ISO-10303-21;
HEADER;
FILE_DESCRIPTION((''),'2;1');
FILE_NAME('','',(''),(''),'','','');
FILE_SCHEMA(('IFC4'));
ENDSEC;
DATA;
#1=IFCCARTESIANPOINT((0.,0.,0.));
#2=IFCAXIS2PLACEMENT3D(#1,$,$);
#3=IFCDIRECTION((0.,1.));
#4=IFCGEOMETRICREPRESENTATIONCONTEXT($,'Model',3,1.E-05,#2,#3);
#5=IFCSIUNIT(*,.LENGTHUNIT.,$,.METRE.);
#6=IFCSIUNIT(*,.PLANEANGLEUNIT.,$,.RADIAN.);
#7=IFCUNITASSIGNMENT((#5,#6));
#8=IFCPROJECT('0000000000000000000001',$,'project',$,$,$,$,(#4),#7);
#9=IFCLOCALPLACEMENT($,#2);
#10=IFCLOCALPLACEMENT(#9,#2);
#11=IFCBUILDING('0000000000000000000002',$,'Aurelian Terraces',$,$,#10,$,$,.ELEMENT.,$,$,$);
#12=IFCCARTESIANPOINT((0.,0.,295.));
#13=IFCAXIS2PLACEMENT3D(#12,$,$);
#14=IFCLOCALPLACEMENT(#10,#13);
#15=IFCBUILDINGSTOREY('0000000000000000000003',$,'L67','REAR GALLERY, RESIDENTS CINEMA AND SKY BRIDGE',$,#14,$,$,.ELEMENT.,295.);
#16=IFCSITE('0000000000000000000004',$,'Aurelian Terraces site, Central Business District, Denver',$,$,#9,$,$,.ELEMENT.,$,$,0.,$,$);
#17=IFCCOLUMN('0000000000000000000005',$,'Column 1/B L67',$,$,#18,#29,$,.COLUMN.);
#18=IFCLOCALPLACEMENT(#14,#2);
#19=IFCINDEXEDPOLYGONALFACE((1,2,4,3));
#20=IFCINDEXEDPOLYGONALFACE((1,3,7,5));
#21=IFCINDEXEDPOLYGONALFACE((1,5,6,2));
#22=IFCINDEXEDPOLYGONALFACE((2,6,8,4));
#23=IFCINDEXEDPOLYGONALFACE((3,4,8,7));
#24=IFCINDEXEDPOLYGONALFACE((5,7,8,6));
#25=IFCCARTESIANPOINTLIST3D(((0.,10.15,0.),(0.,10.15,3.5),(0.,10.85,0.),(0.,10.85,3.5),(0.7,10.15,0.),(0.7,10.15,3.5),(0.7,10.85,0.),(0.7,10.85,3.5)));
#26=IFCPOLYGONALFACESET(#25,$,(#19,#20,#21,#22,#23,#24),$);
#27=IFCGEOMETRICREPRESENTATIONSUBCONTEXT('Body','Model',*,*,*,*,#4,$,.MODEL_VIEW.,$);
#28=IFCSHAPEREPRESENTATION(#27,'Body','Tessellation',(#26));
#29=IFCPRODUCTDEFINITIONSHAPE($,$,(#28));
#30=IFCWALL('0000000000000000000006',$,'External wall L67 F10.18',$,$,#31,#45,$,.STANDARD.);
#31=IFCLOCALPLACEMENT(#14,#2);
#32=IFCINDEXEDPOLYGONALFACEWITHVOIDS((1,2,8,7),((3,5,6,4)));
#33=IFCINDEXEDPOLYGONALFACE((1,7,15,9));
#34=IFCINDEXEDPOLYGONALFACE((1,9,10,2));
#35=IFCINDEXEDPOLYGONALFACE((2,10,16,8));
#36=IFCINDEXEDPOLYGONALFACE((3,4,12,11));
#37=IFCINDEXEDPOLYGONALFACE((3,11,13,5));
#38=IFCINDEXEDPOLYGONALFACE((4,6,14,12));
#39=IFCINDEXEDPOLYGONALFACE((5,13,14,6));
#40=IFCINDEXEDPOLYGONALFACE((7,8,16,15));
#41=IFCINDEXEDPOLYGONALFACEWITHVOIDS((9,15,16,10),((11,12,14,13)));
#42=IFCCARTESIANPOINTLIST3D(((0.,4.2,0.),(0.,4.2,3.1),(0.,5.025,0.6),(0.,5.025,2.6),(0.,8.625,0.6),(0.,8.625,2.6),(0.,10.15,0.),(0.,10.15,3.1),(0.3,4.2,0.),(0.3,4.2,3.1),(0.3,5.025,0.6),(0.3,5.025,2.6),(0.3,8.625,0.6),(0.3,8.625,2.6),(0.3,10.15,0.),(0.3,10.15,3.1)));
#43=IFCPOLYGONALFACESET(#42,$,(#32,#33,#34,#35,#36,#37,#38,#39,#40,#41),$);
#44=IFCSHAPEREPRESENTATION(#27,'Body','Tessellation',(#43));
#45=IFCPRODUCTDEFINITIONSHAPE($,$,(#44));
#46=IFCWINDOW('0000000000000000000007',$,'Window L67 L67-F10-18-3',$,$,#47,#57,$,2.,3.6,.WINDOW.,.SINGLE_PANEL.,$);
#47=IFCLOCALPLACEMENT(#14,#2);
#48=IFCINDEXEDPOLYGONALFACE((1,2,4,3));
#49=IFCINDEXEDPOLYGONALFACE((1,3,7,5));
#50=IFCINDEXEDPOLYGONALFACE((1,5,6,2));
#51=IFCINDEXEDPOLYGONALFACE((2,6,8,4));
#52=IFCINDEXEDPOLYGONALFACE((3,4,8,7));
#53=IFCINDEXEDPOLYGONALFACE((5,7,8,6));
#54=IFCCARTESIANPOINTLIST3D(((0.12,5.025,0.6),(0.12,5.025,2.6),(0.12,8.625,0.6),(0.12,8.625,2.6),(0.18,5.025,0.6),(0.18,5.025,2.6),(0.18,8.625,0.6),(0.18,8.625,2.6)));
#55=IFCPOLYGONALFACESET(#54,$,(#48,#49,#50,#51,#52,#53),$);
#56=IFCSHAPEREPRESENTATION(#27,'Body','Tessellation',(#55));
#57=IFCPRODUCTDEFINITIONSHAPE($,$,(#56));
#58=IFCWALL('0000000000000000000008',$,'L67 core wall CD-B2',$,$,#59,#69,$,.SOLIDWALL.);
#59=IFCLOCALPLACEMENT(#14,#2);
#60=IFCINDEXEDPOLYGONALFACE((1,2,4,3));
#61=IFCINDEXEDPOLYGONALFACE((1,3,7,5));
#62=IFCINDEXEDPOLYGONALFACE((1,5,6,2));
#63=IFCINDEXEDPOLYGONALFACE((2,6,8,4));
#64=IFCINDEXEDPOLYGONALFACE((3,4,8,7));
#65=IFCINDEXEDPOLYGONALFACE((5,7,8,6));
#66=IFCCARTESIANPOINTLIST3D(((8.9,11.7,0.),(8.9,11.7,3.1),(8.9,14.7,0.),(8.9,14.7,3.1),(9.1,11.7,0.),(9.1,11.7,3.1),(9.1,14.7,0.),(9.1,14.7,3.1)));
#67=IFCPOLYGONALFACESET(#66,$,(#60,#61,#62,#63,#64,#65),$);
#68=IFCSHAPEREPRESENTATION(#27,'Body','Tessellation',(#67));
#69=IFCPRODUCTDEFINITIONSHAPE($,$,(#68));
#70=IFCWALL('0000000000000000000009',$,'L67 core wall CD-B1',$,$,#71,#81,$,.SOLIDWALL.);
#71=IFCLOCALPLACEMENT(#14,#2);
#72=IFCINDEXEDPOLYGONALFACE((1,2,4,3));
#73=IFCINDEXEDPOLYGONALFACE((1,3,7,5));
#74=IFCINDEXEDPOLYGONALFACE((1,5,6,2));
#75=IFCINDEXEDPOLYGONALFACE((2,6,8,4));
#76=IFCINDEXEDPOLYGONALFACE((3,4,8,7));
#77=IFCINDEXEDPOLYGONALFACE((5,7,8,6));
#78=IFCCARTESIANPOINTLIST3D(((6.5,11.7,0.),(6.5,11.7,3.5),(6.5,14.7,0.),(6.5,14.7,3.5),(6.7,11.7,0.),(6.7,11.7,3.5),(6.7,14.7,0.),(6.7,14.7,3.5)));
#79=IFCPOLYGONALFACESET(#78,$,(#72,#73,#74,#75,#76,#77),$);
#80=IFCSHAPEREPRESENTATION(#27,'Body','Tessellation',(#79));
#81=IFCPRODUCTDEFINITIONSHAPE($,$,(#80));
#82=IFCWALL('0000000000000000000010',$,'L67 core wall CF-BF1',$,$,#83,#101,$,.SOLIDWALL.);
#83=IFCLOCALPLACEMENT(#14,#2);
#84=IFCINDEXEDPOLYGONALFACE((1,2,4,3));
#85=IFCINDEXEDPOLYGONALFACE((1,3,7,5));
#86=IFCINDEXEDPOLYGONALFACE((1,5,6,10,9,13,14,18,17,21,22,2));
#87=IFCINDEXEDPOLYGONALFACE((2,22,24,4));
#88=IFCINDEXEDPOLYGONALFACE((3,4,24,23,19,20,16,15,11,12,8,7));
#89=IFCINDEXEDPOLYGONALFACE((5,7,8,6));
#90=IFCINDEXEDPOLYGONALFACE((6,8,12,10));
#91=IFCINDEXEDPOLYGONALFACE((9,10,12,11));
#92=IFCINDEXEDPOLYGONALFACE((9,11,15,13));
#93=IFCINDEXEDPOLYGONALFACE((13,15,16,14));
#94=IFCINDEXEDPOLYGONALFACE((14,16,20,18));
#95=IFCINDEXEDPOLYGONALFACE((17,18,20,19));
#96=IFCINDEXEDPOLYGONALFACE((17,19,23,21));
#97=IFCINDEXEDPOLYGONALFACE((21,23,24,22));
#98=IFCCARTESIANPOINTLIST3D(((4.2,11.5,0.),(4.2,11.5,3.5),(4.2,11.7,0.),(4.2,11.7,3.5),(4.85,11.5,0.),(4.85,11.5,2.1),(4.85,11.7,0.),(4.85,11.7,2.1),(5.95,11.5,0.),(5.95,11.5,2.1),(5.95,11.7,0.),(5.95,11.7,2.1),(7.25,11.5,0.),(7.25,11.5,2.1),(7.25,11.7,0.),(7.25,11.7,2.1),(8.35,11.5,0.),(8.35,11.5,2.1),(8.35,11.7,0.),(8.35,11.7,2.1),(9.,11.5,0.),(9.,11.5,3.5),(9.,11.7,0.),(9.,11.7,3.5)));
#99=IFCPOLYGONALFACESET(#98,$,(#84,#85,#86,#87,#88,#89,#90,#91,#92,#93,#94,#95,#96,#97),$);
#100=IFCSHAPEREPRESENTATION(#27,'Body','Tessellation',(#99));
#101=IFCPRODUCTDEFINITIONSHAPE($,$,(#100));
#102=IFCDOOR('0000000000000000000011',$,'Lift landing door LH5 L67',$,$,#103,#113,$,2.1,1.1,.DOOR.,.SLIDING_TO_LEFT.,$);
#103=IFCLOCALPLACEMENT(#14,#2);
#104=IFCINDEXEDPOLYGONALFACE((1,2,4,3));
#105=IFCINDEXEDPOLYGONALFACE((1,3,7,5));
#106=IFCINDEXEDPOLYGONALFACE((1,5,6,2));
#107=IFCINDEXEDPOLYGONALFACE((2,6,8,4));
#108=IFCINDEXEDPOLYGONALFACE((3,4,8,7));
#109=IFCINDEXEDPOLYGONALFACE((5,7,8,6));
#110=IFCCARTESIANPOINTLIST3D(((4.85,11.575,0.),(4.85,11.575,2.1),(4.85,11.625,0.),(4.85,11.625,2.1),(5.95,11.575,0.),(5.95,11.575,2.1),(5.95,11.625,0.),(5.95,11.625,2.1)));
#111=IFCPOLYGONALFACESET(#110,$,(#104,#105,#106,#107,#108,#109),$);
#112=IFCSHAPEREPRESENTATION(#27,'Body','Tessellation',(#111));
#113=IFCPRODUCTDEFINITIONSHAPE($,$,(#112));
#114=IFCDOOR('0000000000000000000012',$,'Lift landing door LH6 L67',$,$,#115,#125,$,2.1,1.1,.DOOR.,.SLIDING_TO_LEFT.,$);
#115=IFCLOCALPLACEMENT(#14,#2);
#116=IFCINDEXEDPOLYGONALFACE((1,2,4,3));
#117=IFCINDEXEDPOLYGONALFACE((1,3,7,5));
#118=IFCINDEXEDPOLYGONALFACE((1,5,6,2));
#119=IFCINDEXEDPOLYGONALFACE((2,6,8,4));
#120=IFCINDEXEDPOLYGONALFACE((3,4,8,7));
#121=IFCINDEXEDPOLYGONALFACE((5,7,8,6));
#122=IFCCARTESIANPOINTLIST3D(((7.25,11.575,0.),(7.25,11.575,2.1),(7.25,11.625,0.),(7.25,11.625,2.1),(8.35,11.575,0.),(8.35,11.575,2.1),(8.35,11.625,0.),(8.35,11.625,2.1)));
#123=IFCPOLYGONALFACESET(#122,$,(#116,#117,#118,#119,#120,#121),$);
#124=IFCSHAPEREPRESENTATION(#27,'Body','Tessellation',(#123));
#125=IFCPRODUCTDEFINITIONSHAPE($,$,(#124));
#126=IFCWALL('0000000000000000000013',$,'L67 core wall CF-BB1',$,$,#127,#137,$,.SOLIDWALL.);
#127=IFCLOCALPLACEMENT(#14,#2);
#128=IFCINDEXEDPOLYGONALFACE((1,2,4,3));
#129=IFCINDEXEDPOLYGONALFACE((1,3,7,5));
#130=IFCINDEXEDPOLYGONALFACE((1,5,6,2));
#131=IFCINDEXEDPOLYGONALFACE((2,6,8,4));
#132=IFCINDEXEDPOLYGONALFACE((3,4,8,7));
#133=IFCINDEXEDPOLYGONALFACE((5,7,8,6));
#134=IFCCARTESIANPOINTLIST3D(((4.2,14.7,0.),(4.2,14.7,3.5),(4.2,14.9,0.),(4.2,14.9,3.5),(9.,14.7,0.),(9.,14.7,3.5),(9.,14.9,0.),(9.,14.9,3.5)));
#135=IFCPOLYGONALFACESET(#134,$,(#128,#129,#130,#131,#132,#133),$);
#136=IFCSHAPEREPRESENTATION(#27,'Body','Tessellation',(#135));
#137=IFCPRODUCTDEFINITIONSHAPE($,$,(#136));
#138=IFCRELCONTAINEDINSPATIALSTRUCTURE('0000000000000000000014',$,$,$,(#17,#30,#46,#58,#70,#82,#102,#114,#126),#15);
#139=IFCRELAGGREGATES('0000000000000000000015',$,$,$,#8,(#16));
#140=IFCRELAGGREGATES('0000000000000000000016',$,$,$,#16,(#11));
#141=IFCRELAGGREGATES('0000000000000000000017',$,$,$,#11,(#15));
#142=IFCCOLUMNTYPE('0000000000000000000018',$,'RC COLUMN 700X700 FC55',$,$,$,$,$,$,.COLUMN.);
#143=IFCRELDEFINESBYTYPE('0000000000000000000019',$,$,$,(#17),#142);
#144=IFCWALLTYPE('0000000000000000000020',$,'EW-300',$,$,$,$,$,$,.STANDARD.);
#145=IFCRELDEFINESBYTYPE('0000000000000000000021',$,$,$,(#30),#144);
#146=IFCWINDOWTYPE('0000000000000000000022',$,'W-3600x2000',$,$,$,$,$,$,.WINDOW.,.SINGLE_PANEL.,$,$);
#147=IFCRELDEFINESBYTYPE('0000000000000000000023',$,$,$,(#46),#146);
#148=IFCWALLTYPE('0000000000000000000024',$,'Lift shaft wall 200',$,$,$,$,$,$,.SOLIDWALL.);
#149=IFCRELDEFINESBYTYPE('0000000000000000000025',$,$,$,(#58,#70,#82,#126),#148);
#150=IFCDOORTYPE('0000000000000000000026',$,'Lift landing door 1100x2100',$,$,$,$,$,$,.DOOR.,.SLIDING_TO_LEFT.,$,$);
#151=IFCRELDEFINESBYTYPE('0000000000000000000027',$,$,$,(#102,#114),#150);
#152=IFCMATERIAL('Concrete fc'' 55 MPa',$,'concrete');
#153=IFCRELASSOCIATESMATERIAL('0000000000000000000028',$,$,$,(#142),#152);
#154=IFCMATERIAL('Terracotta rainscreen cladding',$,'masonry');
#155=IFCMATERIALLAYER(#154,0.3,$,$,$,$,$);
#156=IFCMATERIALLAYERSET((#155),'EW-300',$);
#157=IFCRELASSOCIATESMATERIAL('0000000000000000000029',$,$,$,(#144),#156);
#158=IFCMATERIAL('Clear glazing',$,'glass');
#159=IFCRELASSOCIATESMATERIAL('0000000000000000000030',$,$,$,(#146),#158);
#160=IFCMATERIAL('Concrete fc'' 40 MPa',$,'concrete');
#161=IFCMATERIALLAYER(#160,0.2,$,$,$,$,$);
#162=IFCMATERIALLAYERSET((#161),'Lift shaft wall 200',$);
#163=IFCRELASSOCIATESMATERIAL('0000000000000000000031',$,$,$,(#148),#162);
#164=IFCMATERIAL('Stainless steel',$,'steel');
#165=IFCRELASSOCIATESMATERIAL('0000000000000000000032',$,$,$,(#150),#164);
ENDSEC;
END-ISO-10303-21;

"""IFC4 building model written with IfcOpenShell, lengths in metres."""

from ifc_helpers import new_model, si_unit, direction, frame, frame_2d, origin, origin_2d, place, context, subcontext, project, spatial, rectangle, extrude, source, transform, mapped, material, layer, layer_set, material_profile, profile_set, type_object, element, fill, save


model = new_model("IFC4")

# Units and contexts
model_context = context("Model", 3, precision=1e-05, world=origin(), true_north=direction((0.0, 1.0)))
body_context = subcontext(model_context, "Body", "Model", "MODEL_VIEW")
ifc_project = project(units=[si_unit("LENGTHUNIT", "METRE"), si_unit("PLANEANGLEUNIT", "RADIAN")], contexts=[model_context])

# Site, building, storey
site_placement = place(None, origin())
site = spatial("IfcSite", under=ifc_project, at=site_placement, Name="Aurelian Terraces site, Central Business District, Denver", CompositionType="ELEMENT", RefElevation=0.0)
building_placement = place(site_placement, origin())
building = spatial("IfcBuilding", under=site, at=building_placement, Name="Aurelian Terraces", CompositionType="ELEMENT")
storey_placement = place(building_placement, frame((0.0, 0.0, 295.0)))
storey = spatial("IfcBuildingStorey", under=building, at=storey_placement, Name="L67", Description="REAR GALLERY, RESIDENTS CINEMA AND SKY BRIDGE", CompositionType="ELEMENT", Elevation=295.0)

# Column
ifc_material_1 = material(Name="Concrete fc' 55 MPa", Category="concrete")
ifc_material_profile = material_profile(ifc_material_1, rectangle(XDim=0.7, YDim=0.7, at=origin_2d()))
ifc_profile_set = profile_set([ifc_material_profile], Name="Concrete fc' 55 MPa")
column_type = type_object("IfcColumnType", Name="RC COLUMN 700X700 FC55", PredefinedType="COLUMN", material=ifc_profile_set)
shared_shape_1 = source(origin(), body_context, "Body", "SweptSolid", [
    extrude(rectangle(XDim=0.7, YDim=0.7, at=origin_2d()), origin(), (0.0, 0.0, 1.0), 3.5),
])
column_placement = place(storey_placement, frame((0.35, 10.5, 0.0), z_axis=(0.0, 0.0, 1.0), x_axis=(1.0, 0.0, 0.0)))
element("IfcColumn", 1, at=column_placement, inside=storey, type_object=column_type, Name="Column 1/B L67", PredefinedType="COLUMN", context=body_context, shape_type="MappedRepresentation", body=[
    mapped(shared_shape_1, transform((0.0, 0.0, 0.0), scale=1.0)),
])

# Wall, opening, window
ifc_material_2 = material(Name="Terracotta rainscreen cladding", Category="masonry")
ifc_layer_1 = layer(ifc_material_2, 0.3)
ifc_layer_set_1 = layer_set([ifc_layer_1], Name="EW-300")
wall_type_1 = type_object("IfcWallType", Name="EW-300", PredefinedType="STANDARD", material=ifc_layer_set_1)
shared_shape_2 = source(origin(), body_context, "Body", "SweptSolid", [
    extrude(rectangle(XDim=5.95, YDim=0.3, at=frame_2d((2.975, 0.0))), origin(), (0.0, 0.0, 1.0), 3.1),
])
wall_1_placement = place(storey_placement, frame((0.15, 10.15, 0.0), z_axis=(0.0, 0.0, 1.0), x_axis=(0.0, -1.0, 0.0)))
wall_1 = element("IfcWall", 2, at=wall_1_placement, inside=storey, type_object=wall_type_1, Name="External wall L67 F10.18", PredefinedType="STANDARD", context=body_context, shape_type="MappedRepresentation", body=[
    mapped(shared_shape_2, transform((0.0, 0.0, 0.0), scale=1.0)),
])
shared_shape_3 = source(origin(), body_context, "Body", "SweptSolid", [
    extrude(rectangle(XDim=3.6, YDim=2.0, at=frame_2d((1.8, 1.0))), frame((0.0, 0.16, 0.0), z_axis=(0.0, -1.0, 0.0), x_axis=(1.0, 0.0, 0.0)), (0.0, 0.0, 1.0), 0.32),
])
opening_1_placement = place(wall_1_placement, frame((1.525, 0.0, 0.6)))
opening_1 = element("IfcOpeningElement", 3, at=opening_1_placement, cuts=wall_1, PredefinedType="OPENING", context=body_context, shape_type="MappedRepresentation", body=[
    mapped(shared_shape_3, transform((0.0, 0.0, 0.0), scale=1.0)),
])
ifc_material_3 = material(Name="Clear glazing", Category="glass")
window_type = type_object("IfcWindowType", Name="W-3600x2000", PartitioningType="SINGLE_PANEL", PredefinedType="WINDOW", material=ifc_material_3)
shared_shape_4 = source(origin(), body_context, "Body", "SweptSolid", [
    extrude(rectangle(XDim=3.6, YDim=2.0, at=frame_2d((1.8, 1.0))), frame((0.0, 0.03, 0.0), z_axis=(0.0, -1.0, 0.0), x_axis=(1.0, 0.0, 0.0)), (0.0, 0.0, 1.0), 0.06),
])
window_placement = place(opening_1_placement, origin())
window = element("IfcWindow", 4, at=window_placement, inside=storey, type_object=window_type, Name="Window L67 L67-F10-18-3", OverallHeight=2.0, OverallWidth=3.6, PartitioningType="SINGLE_PANEL", PredefinedType="WINDOW", context=body_context, shape_type="MappedRepresentation", body=[
    mapped(shared_shape_4, transform((0.0, 0.0, 0.0), scale=1.0)),
])
fill(opening_1, window)

# Walls
ifc_material_4 = material(Name="Concrete fc' 40 MPa", Category="concrete")
ifc_layer_2 = layer(ifc_material_4, 0.2)
ifc_layer_set_2 = layer_set([ifc_layer_2], Name="Lift shaft wall 200")
wall_type_2 = type_object("IfcWallType", Name="Lift shaft wall 200", PredefinedType="SOLIDWALL", material=ifc_layer_set_2)
shared_shape_5 = source(origin(), body_context, "Body", "SweptSolid", [
    extrude(rectangle(XDim=3.0, YDim=0.2, at=frame_2d((1.5, 0.0))), origin(), (0.0, 0.0, 1.0), 3.1),
])
wall_2_placement = place(storey_placement, frame((9.0, 11.7, 0.0), z_axis=(0.0, 0.0, 1.0), x_axis=(0.0, 1.0, 0.0)))
element("IfcWall", 5, at=wall_2_placement, inside=storey, type_object=wall_type_2, Name="L67 core wall CD-B2", PredefinedType="SOLIDWALL", context=body_context, shape_type="MappedRepresentation", body=[
    mapped(shared_shape_5, transform((0.0, 0.0, 0.0), scale=1.0)),
])
shared_shape_6 = source(origin(), body_context, "Body", "SweptSolid", [
    extrude(rectangle(XDim=3.0, YDim=0.2, at=frame_2d((1.5, 0.0))), origin(), (0.0, 0.0, 1.0), 3.5),
])
wall_3_placement = place(storey_placement, frame((6.6, 11.7, 0.0), z_axis=(0.0, 0.0, 1.0), x_axis=(0.0, 1.0, 0.0)))
element("IfcWall", 6, at=wall_3_placement, inside=storey, type_object=wall_type_2, Name="L67 core wall CD-B1", PredefinedType="SOLIDWALL", context=body_context, shape_type="MappedRepresentation", body=[
    mapped(shared_shape_6, transform((0.0, 0.0, 0.0), scale=1.0)),
])

# Wall, openings, doors
shared_shape_7 = source(origin(), body_context, "Body", "SweptSolid", [
    extrude(rectangle(XDim=4.8, YDim=0.2, at=frame_2d((2.4, 0.0))), origin(), (0.0, 0.0, 1.0), 3.5),
])
wall_4_placement = place(storey_placement, frame((4.2, 11.6, 0.0), z_axis=(0.0, 0.0, 1.0), x_axis=(1.0, 0.0, 0.0)))
wall_4 = element("IfcWall", 7, at=wall_4_placement, inside=storey, type_object=wall_type_2, Name="L67 core wall CF-BF1", PredefinedType="SOLIDWALL", context=body_context, shape_type="MappedRepresentation", body=[
    mapped(shared_shape_7, transform((0.0, 0.0, 0.0), scale=1.0)),
])
shared_shape_8 = source(origin(), body_context, "Body", "SweptSolid", [
    extrude(rectangle(XDim=1.1, YDim=2.1, at=frame_2d((0.55, 1.05))), frame((0.0, 0.11, 0.0), z_axis=(0.0, -1.0, 0.0), x_axis=(1.0, 0.0, 0.0)), (0.0, 0.0, 1.0), 0.22),
])
opening_2_placement = place(wall_4_placement, frame((0.65, 0.0, 0.0)))
opening_2 = element("IfcOpeningElement", 8, at=opening_2_placement, cuts=wall_4, PredefinedType="OPENING", context=body_context, shape_type="MappedRepresentation", body=[
    mapped(shared_shape_8, transform((0.0, 0.0, 0.0), scale=1.0)),
])
opening_3_placement = place(wall_4_placement, frame((3.05, 0.0, 0.0)))
opening_3 = element("IfcOpeningElement", 9, at=opening_3_placement, cuts=wall_4, PredefinedType="OPENING", context=body_context, shape_type="MappedRepresentation", body=[
    mapped(shared_shape_8, transform((0.0, 0.0, 0.0), scale=1.0)),
])
ifc_material_5 = material(Name="Stainless steel", Category="steel")
door_type_1 = type_object("IfcDoorType", Name="Lift landing door 1100x2100", OperationType="SLIDING_TO_LEFT", PredefinedType="DOOR", material=ifc_material_5)
shared_shape_9 = source(origin(), body_context, "Body", "SweptSolid", [
    extrude(rectangle(XDim=1.1, YDim=2.1, at=frame_2d((0.55, 1.05))), frame((0.0, 0.025, 0.0), z_axis=(0.0, -1.0, 0.0), x_axis=(1.0, 0.0, 0.0)), (0.0, 0.0, 1.0), 0.05),
])
door_1_placement = place(opening_2_placement, origin())
door_1 = element("IfcDoor", 10, at=door_1_placement, inside=storey, type_object=door_type_1, Name="Lift landing door LH5 L67", OperationType="SLIDING_TO_LEFT", OverallHeight=2.1, OverallWidth=1.1, PredefinedType="DOOR", context=body_context, shape_type="MappedRepresentation", body=[
    mapped(shared_shape_9, transform((0.0, 0.0, 0.0), scale=1.0)),
])
fill(opening_2, door_1)
door_2_placement = place(opening_3_placement, origin())
door_2 = element("IfcDoor", 11, at=door_2_placement, inside=storey, type_object=door_type_1, Name="Lift landing door LH6 L67", OperationType="SLIDING_TO_LEFT", OverallHeight=2.1, OverallWidth=1.1, PredefinedType="DOOR", context=body_context, shape_type="MappedRepresentation", body=[
    mapped(shared_shape_9, transform((0.0, 0.0, 0.0), scale=1.0)),
])
fill(opening_3, door_2)

# Wall
wall_5_placement = place(storey_placement, frame((4.2, 14.8, 0.0), z_axis=(0.0, 0.0, 1.0), x_axis=(1.0, 0.0, 0.0)))
element("IfcWall", 12, at=wall_5_placement, inside=storey, type_object=wall_type_2, Name="L67 core wall CF-BB1", PredefinedType="SOLIDWALL", context=body_context, shape_type="MappedRepresentation", body=[
    mapped(shared_shape_7, transform((0.0, 0.0, 0.0), scale=1.0)),
])

save(model, "model.ifc")
